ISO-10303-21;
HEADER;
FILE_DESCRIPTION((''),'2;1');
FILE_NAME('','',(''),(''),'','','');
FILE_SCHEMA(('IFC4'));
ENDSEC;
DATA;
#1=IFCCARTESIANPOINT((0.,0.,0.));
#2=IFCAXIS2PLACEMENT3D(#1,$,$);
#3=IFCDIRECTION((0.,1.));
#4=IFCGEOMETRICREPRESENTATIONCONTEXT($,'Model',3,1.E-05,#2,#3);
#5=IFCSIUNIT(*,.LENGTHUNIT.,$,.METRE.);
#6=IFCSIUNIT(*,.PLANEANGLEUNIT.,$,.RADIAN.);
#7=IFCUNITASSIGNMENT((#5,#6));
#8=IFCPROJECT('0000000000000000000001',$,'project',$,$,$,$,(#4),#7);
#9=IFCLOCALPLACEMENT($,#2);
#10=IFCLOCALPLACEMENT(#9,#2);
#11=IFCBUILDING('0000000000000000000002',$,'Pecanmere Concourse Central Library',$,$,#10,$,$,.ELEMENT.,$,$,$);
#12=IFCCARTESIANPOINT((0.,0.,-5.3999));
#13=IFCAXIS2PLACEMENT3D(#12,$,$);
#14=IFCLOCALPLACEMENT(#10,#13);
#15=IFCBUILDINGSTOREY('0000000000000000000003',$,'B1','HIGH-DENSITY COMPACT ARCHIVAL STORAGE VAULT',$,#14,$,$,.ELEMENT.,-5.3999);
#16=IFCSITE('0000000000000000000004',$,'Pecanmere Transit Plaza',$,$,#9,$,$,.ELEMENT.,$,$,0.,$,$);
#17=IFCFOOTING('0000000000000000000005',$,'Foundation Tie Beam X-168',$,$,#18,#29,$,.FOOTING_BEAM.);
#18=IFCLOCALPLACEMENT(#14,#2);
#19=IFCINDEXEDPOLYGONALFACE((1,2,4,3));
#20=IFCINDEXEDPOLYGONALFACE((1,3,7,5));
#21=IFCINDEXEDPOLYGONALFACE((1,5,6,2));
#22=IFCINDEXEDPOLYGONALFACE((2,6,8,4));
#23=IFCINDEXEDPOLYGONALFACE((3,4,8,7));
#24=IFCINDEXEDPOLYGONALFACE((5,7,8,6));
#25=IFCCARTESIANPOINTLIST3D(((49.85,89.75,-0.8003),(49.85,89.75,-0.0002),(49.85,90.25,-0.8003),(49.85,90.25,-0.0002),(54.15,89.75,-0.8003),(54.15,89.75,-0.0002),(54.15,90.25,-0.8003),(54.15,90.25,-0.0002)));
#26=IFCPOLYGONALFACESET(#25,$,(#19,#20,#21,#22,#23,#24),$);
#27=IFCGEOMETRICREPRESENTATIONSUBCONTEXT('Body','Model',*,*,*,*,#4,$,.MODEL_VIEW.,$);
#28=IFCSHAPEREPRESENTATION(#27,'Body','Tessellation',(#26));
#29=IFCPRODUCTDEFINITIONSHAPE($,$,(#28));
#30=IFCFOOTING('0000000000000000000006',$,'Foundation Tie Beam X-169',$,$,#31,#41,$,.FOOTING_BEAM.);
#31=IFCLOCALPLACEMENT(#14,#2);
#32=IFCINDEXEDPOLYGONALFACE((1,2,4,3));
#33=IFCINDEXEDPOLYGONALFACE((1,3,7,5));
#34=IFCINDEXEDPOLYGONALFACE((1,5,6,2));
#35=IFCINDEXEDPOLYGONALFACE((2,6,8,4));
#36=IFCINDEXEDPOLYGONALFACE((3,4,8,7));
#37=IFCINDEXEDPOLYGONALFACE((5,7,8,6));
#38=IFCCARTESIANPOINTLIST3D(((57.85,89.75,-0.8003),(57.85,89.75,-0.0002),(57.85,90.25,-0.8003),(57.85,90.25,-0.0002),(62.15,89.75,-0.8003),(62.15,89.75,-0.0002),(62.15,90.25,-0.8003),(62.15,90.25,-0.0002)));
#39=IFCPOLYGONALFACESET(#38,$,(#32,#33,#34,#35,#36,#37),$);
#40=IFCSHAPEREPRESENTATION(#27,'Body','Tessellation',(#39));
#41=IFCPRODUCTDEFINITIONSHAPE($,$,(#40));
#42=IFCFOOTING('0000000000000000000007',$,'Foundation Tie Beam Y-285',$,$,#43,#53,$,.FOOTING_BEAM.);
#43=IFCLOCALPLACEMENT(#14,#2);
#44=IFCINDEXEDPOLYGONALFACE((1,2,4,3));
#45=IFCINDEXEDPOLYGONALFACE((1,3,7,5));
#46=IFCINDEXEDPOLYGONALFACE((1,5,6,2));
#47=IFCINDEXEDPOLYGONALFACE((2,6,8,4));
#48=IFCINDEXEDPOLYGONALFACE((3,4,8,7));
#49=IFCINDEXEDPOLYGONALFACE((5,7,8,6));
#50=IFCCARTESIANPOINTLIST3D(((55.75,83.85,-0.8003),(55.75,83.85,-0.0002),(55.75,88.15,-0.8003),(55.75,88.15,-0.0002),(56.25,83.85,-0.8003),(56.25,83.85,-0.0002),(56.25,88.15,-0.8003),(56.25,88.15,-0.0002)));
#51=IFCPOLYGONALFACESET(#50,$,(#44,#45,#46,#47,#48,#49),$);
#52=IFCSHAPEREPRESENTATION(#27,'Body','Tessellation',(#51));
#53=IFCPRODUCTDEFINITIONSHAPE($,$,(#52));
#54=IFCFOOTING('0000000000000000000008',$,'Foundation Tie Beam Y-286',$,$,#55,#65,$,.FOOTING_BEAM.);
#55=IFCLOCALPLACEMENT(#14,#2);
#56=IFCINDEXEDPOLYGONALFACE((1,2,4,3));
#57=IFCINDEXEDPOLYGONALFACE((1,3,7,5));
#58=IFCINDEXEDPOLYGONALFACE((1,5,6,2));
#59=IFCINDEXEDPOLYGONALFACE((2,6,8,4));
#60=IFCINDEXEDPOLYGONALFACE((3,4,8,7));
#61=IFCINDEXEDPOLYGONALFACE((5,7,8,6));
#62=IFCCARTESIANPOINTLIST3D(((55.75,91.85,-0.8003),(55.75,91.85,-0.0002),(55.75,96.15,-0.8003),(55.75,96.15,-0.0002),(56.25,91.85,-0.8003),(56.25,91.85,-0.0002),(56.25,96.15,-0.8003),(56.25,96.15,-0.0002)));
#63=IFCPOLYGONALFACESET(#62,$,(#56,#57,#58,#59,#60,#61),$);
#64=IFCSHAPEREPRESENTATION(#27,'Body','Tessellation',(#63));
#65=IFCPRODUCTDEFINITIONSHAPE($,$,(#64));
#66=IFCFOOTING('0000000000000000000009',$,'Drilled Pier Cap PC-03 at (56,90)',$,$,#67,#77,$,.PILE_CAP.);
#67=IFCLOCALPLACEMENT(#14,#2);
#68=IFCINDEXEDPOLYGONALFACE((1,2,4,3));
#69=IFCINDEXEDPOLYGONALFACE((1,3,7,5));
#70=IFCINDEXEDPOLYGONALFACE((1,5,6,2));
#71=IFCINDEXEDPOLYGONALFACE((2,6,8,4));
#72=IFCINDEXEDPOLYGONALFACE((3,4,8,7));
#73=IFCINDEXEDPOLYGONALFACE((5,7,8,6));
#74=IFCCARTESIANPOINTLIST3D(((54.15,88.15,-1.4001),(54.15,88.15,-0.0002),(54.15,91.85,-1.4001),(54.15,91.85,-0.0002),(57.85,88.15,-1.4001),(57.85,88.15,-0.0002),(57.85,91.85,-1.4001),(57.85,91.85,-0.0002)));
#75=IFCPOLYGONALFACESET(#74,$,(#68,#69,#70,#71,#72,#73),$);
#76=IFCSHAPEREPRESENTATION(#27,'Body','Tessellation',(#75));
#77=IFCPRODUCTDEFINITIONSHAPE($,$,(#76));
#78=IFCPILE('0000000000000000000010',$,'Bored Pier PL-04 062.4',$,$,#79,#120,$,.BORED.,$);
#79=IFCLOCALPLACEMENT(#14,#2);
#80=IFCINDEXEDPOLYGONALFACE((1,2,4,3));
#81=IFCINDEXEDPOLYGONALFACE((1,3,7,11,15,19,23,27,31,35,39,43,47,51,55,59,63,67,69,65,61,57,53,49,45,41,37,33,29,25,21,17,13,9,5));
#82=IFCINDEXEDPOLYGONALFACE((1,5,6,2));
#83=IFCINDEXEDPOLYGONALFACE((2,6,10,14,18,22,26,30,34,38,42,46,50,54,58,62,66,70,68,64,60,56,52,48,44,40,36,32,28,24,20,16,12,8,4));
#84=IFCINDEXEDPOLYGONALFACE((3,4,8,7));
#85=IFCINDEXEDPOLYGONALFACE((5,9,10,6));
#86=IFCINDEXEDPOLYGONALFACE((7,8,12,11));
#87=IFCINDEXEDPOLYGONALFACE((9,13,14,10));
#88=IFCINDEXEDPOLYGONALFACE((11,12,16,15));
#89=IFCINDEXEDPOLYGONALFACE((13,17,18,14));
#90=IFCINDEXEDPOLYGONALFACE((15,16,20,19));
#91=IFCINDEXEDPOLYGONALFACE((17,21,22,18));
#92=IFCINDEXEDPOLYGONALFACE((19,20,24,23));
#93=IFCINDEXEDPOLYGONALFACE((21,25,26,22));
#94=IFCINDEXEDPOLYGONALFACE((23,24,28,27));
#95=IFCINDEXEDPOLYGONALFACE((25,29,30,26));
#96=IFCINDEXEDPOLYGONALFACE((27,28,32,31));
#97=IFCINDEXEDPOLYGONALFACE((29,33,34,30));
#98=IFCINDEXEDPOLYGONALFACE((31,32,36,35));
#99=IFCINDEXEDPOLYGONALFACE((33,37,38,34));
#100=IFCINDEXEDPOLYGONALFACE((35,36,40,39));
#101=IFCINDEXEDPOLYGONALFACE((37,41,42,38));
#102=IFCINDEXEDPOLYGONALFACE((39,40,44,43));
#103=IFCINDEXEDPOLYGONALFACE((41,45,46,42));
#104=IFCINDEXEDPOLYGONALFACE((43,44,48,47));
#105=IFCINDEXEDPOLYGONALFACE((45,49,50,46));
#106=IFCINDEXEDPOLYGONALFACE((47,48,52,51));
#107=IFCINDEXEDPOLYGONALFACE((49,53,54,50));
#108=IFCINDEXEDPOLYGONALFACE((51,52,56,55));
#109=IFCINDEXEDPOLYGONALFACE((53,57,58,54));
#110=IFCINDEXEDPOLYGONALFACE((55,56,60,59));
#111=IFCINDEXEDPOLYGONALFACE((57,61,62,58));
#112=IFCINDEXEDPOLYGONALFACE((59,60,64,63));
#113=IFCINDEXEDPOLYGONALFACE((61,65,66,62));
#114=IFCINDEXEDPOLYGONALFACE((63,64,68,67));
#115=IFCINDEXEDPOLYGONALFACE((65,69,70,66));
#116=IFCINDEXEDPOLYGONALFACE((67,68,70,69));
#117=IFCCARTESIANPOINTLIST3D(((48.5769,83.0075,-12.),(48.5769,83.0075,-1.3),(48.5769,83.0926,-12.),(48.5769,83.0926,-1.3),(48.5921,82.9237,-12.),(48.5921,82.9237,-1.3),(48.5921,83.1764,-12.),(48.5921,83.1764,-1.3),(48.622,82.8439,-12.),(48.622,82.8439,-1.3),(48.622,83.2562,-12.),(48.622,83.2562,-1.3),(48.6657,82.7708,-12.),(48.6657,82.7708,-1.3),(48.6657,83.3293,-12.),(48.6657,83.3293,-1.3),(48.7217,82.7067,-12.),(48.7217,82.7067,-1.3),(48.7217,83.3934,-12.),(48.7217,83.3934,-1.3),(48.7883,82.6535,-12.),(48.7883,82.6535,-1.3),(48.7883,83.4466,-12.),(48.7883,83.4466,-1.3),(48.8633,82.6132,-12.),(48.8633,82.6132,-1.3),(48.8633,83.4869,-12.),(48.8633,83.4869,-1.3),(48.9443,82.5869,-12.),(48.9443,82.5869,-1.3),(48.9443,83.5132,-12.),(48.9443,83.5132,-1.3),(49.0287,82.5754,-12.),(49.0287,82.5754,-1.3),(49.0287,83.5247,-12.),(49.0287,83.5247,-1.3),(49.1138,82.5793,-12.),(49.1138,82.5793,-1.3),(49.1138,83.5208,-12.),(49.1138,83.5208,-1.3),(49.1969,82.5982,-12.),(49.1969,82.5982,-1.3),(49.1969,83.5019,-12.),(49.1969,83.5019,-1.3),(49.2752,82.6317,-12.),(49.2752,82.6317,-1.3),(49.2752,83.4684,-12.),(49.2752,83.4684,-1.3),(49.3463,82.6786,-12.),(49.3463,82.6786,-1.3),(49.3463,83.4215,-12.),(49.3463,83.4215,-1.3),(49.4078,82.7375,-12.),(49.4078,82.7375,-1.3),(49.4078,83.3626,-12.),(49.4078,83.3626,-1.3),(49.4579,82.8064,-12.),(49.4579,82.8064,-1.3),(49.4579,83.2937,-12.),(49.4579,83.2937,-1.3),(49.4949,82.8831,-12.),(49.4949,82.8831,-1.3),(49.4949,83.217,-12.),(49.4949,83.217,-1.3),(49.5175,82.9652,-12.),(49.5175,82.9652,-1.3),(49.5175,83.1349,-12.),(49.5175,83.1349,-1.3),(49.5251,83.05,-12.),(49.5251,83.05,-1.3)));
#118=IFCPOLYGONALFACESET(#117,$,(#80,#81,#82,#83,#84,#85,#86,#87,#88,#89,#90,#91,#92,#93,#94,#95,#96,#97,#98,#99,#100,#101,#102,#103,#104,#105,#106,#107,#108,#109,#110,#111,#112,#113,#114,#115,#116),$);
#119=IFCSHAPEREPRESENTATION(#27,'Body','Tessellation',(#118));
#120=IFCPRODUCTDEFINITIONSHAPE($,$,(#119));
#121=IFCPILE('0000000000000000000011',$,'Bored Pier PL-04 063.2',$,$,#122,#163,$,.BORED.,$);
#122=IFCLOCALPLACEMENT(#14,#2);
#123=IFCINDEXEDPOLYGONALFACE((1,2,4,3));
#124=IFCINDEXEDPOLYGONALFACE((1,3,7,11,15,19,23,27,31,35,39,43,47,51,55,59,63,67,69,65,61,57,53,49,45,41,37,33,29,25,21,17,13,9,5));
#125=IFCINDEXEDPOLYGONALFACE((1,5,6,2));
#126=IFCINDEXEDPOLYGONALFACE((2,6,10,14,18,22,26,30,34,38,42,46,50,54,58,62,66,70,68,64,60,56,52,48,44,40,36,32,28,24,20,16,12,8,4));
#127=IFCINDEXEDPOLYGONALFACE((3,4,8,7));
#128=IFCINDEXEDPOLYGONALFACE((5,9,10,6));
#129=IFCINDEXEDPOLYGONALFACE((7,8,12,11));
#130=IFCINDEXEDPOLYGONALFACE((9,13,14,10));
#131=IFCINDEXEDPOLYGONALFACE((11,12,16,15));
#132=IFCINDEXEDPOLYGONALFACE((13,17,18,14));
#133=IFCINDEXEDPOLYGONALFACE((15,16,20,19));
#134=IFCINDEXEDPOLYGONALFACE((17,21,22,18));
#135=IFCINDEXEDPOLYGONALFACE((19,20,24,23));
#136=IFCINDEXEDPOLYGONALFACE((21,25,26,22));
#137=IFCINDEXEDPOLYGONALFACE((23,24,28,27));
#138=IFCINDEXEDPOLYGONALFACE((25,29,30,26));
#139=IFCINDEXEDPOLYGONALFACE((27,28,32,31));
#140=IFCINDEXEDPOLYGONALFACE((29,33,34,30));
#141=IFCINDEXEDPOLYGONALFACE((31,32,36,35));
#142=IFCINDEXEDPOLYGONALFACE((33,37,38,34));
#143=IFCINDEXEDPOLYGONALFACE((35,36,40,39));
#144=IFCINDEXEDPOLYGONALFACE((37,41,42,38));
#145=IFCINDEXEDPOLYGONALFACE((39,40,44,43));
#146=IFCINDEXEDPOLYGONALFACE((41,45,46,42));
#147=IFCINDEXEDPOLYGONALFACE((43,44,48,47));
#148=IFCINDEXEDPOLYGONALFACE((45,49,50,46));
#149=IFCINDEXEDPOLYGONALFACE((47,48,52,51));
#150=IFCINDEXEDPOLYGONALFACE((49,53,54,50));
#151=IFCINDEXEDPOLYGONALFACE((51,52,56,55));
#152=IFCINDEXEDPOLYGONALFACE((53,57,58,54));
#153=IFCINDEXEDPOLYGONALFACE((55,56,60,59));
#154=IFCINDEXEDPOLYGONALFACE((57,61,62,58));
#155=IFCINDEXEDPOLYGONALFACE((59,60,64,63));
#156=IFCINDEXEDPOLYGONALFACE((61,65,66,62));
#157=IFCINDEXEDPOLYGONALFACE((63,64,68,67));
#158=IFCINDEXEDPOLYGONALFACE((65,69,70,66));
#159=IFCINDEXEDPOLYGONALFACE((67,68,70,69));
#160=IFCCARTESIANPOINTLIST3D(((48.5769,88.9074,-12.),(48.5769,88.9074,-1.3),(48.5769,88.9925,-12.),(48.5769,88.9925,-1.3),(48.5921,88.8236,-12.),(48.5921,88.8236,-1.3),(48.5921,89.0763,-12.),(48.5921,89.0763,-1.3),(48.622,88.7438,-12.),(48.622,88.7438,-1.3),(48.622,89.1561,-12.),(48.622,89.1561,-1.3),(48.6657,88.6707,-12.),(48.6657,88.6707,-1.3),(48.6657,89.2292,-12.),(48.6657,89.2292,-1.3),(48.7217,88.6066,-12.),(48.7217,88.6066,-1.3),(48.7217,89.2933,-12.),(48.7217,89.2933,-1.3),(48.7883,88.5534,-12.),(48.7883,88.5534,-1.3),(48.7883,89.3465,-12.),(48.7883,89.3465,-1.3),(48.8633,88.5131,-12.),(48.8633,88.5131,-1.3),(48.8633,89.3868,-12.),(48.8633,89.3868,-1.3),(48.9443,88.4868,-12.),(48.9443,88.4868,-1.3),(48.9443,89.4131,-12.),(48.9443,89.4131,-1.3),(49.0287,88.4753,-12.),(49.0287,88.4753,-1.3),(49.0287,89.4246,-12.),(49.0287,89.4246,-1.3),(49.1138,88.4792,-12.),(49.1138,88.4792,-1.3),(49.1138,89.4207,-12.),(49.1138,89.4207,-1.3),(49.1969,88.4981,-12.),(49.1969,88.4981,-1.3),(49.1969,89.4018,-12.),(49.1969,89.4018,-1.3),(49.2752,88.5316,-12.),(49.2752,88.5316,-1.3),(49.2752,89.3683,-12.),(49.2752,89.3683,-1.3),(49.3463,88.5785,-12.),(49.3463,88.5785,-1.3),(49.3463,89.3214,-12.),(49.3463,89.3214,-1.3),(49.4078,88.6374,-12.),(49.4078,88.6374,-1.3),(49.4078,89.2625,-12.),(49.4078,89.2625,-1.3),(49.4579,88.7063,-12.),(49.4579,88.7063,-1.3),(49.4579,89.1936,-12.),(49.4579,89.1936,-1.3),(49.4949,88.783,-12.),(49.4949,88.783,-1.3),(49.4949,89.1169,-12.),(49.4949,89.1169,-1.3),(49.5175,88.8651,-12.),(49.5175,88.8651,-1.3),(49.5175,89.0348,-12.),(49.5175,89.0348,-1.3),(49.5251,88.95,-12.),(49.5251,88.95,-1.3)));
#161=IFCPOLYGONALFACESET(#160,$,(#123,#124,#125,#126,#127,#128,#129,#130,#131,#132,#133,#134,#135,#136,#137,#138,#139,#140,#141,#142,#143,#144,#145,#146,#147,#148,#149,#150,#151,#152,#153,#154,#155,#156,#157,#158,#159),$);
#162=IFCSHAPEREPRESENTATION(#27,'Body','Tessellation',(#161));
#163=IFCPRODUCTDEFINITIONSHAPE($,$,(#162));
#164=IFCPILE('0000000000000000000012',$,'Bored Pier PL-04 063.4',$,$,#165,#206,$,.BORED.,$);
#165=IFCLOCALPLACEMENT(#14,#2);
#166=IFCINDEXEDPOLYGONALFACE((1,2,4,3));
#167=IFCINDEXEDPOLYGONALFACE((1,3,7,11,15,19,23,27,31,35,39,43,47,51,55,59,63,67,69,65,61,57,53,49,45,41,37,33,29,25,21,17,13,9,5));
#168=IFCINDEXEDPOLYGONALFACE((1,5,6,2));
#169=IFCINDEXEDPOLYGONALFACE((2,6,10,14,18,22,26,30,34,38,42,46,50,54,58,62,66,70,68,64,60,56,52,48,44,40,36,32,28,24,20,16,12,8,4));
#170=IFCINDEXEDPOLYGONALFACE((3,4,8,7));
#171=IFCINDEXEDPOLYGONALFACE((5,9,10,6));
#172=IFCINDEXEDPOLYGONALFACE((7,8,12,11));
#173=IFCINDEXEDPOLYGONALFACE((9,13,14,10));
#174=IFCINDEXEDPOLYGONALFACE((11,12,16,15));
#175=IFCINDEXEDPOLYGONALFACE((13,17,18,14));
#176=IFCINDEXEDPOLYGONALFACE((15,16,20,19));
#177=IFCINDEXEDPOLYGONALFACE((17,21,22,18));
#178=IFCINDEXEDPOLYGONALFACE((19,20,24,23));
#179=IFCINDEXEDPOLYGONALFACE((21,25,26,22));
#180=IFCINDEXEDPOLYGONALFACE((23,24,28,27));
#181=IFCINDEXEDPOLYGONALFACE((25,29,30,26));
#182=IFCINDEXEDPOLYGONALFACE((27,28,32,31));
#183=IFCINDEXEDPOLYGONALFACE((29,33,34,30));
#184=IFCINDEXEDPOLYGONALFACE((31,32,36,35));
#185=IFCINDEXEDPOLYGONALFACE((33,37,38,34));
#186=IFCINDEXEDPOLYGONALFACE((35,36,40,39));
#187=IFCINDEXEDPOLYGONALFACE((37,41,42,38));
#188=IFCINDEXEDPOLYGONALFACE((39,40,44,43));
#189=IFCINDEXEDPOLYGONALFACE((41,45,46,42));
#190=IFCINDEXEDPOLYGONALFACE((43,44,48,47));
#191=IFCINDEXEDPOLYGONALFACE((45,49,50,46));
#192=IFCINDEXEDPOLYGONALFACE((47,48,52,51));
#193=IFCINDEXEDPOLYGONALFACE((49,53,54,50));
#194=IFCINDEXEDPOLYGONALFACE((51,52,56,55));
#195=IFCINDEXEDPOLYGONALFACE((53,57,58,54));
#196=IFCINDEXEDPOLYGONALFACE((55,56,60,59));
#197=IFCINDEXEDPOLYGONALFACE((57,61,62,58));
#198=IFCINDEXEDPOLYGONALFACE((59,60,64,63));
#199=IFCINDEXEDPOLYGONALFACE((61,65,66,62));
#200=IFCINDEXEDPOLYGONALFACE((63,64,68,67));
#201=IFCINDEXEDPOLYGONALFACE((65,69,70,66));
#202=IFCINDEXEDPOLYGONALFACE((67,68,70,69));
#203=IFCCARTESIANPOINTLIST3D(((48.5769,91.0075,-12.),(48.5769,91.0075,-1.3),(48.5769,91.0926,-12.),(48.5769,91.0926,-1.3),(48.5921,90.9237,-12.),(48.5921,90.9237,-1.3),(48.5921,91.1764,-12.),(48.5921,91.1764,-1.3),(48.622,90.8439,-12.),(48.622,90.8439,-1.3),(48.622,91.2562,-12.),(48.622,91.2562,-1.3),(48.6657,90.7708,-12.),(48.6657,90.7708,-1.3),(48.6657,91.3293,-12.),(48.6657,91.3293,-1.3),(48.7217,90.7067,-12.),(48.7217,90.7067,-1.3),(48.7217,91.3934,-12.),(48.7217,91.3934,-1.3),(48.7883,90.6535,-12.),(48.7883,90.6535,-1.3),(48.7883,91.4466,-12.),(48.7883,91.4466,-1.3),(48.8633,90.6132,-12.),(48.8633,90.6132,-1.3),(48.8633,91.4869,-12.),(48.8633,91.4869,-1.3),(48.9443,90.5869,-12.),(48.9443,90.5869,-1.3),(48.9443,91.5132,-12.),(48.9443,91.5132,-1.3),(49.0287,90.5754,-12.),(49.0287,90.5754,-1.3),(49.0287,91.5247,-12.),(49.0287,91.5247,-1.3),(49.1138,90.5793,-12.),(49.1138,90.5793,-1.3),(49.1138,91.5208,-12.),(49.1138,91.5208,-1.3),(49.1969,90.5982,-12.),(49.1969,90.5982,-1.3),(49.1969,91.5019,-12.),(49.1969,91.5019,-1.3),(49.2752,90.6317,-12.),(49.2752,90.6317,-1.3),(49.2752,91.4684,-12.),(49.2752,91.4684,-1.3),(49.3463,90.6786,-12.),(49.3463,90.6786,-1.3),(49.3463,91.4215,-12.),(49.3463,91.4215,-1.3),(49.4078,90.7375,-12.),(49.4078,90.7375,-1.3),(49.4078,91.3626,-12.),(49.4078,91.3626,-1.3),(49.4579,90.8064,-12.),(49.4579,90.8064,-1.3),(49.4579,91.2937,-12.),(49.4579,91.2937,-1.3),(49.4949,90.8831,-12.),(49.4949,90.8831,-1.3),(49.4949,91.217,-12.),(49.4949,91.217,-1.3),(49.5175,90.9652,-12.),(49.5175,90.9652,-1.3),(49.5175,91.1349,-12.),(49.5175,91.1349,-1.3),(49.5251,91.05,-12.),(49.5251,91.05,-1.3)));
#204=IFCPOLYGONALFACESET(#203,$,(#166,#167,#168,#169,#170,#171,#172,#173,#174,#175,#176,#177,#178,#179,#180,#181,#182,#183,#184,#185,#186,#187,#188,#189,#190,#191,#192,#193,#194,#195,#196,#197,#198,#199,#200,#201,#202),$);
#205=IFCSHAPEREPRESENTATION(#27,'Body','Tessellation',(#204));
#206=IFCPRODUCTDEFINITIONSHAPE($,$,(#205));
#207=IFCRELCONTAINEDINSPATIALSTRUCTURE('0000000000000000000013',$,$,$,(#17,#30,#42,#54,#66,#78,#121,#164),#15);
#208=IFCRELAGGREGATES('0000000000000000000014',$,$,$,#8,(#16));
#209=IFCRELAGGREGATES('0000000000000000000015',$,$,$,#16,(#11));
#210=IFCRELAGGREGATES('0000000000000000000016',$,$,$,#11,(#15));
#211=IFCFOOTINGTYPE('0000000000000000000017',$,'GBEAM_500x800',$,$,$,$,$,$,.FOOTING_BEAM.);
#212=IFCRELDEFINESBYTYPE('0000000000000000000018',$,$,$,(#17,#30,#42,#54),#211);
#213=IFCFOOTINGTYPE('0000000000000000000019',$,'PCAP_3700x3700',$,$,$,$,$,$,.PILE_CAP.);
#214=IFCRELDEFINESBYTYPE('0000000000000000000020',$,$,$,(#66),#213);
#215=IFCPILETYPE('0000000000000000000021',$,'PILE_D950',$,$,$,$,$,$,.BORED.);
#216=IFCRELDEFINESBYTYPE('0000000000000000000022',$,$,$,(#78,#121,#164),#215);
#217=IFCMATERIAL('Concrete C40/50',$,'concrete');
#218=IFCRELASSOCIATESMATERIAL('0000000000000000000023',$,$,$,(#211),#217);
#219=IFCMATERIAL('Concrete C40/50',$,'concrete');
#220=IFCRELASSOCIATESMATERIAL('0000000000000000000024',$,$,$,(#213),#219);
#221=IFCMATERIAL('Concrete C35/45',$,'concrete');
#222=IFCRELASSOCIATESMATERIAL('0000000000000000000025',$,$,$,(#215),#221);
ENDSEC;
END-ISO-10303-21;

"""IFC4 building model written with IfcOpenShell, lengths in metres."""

from ifc_helpers import new_model, si_unit, direction, frame, origin, origin_2d, place, context, subcontext, project, spatial, rectangle, circle, extrude, material, material_profile, profile_set, type_object, element, save


model = new_model("IFC4")

# Units and contexts
model_context = context("Model", 3, precision=1e-05, world=origin(), true_north=direction((0.0, 1.0)))
body_context = subcontext(model_context, "Body", "Model", "MODEL_VIEW")
ifc_project = project(units=[si_unit("LENGTHUNIT", "METRE"), si_unit("PLANEANGLEUNIT", "RADIAN")], contexts=[model_context])

# Site, building, storey
site_placement = place(None, origin())
site = spatial("IfcSite", under=ifc_project, at=site_placement, Name="Pecanmere Transit Plaza", CompositionType="ELEMENT", RefElevation=0.0)
building_placement = place(site_placement, origin())
building = spatial("IfcBuilding", under=site, at=building_placement, Name="Pecanmere Concourse Central Library", CompositionType="ELEMENT")
storey_placement = place(building_placement, frame((0.0, 0.0, -5.3999)))
storey = spatial("IfcBuildingStorey", under=building, at=storey_placement, Name="B1", Description="HIGH-DENSITY COMPACT ARCHIVAL STORAGE VAULT", CompositionType="ELEMENT", Elevation=-5.3999)

# Footings
ifc_material_1 = material(Name="Concrete C40/50", Category="concrete")
ifc_material_profile_1 = material_profile(ifc_material_1, rectangle(XDim=0.5, YDim=0.8, at=origin_2d()), Name="RC 500x800")
ifc_profile_set_1 = profile_set([ifc_material_profile_1], Name="Concrete C40/50")
footing_type_1 = type_object("IfcFootingType", Name="GBEAM_500x800", PredefinedType="FOOTING_BEAM", material=ifc_profile_set_1)
for number, where, z_axis, x_axis, name in (
    (1, (52.0, 90.0, -0.8003), (0.0, 0.0, 1.0), (1.0, 0.0, 0.0), "Foundation Tie Beam X-168"),
    (2, (60.0, 90.0, -0.8003), (0.0, 0.0, 1.0), (1.0, 0.0, 0.0), "Foundation Tie Beam X-169"),
    (3, (56.0, 86.0, -0.8003), (0.0, 0.0, 1.0), (0.0, 1.0, 0.0), "Foundation Tie Beam Y-285"),
    (4, (56.0, 94.0, -0.8003), (0.0, 0.0, 1.0), (0.0, 1.0, 0.0), "Foundation Tie Beam Y-286"),
):
    element("IfcFooting", number, at=place(storey_placement, frame(where, z_axis=z_axis, x_axis=x_axis)), inside=storey, type_object=footing_type_1, Name=name, PredefinedType="FOOTING_BEAM", context=body_context, shape_type="SweptSolid", body=[
        extrude(rectangle(XDim=4.3, YDim=0.5, at=origin_2d()), origin(), (0.0, 0.0, 1.0), 0.8),
    ])
ifc_material_2 = material(Name="Concrete C40/50", Category="concrete")
footing_type_2 = type_object("IfcFootingType", Name="PCAP_3700x3700", PredefinedType="PILE_CAP", material=ifc_material_2)
footing_placement = place(storey_placement, frame((56.0, 90.0, -1.4001), z_axis=(0.0, 0.0, 1.0), x_axis=(1.0, 0.0, 0.0)))
element("IfcFooting", 5, at=footing_placement, inside=storey, type_object=footing_type_2, Name="Drilled Pier Cap PC-03 at (56,90)", PredefinedType="PILE_CAP", context=body_context, shape_type="SweptSolid", body=[
    extrude(rectangle(XDim=3.7, YDim=3.7, at=origin_2d()), origin(), (0.0, 0.0, 1.0), 1.3999),
])

# Piles
ifc_material_3 = material(Name="Concrete C35/45", Category="concrete")
ifc_material_profile_2 = material_profile(ifc_material_3, circle(Radius=0.4751, at=origin_2d()), Name="PIER D950")
ifc_profile_set_2 = profile_set([ifc_material_profile_2], Name="Concrete C35/45")
pile_type = type_object("IfcPileType", Name="PILE_D950", PredefinedType="BORED", material=ifc_profile_set_2)
for number, where, z_axis, x_axis, name in (
    (6, (49.05, 83.05, -1.3), (0.0, 0.0, -1.0), (1.0, 0.0, 0.0), "Bored Pier PL-04 062.4"),
    (7, (49.05, 88.95, -1.3), (0.0, 0.0, -1.0), (1.0, 0.0, 0.0), "Bored Pier PL-04 063.2"),
    (8, (49.05, 91.05, -1.3), (0.0, 0.0, -1.0), (1.0, 0.0, 0.0), "Bored Pier PL-04 063.4"),
):
    element("IfcPile", number, at=place(storey_placement, frame(where, z_axis=z_axis, x_axis=x_axis)), inside=storey, type_object=pile_type, Name=name, PredefinedType="BORED", context=body_context, shape_type="SweptSolid", body=[
        extrude(circle(Radius=0.4751, at=origin_2d()), origin(), (0.0, 0.0, 1.0), 10.7),
    ])

save(model, "model.ifc")
